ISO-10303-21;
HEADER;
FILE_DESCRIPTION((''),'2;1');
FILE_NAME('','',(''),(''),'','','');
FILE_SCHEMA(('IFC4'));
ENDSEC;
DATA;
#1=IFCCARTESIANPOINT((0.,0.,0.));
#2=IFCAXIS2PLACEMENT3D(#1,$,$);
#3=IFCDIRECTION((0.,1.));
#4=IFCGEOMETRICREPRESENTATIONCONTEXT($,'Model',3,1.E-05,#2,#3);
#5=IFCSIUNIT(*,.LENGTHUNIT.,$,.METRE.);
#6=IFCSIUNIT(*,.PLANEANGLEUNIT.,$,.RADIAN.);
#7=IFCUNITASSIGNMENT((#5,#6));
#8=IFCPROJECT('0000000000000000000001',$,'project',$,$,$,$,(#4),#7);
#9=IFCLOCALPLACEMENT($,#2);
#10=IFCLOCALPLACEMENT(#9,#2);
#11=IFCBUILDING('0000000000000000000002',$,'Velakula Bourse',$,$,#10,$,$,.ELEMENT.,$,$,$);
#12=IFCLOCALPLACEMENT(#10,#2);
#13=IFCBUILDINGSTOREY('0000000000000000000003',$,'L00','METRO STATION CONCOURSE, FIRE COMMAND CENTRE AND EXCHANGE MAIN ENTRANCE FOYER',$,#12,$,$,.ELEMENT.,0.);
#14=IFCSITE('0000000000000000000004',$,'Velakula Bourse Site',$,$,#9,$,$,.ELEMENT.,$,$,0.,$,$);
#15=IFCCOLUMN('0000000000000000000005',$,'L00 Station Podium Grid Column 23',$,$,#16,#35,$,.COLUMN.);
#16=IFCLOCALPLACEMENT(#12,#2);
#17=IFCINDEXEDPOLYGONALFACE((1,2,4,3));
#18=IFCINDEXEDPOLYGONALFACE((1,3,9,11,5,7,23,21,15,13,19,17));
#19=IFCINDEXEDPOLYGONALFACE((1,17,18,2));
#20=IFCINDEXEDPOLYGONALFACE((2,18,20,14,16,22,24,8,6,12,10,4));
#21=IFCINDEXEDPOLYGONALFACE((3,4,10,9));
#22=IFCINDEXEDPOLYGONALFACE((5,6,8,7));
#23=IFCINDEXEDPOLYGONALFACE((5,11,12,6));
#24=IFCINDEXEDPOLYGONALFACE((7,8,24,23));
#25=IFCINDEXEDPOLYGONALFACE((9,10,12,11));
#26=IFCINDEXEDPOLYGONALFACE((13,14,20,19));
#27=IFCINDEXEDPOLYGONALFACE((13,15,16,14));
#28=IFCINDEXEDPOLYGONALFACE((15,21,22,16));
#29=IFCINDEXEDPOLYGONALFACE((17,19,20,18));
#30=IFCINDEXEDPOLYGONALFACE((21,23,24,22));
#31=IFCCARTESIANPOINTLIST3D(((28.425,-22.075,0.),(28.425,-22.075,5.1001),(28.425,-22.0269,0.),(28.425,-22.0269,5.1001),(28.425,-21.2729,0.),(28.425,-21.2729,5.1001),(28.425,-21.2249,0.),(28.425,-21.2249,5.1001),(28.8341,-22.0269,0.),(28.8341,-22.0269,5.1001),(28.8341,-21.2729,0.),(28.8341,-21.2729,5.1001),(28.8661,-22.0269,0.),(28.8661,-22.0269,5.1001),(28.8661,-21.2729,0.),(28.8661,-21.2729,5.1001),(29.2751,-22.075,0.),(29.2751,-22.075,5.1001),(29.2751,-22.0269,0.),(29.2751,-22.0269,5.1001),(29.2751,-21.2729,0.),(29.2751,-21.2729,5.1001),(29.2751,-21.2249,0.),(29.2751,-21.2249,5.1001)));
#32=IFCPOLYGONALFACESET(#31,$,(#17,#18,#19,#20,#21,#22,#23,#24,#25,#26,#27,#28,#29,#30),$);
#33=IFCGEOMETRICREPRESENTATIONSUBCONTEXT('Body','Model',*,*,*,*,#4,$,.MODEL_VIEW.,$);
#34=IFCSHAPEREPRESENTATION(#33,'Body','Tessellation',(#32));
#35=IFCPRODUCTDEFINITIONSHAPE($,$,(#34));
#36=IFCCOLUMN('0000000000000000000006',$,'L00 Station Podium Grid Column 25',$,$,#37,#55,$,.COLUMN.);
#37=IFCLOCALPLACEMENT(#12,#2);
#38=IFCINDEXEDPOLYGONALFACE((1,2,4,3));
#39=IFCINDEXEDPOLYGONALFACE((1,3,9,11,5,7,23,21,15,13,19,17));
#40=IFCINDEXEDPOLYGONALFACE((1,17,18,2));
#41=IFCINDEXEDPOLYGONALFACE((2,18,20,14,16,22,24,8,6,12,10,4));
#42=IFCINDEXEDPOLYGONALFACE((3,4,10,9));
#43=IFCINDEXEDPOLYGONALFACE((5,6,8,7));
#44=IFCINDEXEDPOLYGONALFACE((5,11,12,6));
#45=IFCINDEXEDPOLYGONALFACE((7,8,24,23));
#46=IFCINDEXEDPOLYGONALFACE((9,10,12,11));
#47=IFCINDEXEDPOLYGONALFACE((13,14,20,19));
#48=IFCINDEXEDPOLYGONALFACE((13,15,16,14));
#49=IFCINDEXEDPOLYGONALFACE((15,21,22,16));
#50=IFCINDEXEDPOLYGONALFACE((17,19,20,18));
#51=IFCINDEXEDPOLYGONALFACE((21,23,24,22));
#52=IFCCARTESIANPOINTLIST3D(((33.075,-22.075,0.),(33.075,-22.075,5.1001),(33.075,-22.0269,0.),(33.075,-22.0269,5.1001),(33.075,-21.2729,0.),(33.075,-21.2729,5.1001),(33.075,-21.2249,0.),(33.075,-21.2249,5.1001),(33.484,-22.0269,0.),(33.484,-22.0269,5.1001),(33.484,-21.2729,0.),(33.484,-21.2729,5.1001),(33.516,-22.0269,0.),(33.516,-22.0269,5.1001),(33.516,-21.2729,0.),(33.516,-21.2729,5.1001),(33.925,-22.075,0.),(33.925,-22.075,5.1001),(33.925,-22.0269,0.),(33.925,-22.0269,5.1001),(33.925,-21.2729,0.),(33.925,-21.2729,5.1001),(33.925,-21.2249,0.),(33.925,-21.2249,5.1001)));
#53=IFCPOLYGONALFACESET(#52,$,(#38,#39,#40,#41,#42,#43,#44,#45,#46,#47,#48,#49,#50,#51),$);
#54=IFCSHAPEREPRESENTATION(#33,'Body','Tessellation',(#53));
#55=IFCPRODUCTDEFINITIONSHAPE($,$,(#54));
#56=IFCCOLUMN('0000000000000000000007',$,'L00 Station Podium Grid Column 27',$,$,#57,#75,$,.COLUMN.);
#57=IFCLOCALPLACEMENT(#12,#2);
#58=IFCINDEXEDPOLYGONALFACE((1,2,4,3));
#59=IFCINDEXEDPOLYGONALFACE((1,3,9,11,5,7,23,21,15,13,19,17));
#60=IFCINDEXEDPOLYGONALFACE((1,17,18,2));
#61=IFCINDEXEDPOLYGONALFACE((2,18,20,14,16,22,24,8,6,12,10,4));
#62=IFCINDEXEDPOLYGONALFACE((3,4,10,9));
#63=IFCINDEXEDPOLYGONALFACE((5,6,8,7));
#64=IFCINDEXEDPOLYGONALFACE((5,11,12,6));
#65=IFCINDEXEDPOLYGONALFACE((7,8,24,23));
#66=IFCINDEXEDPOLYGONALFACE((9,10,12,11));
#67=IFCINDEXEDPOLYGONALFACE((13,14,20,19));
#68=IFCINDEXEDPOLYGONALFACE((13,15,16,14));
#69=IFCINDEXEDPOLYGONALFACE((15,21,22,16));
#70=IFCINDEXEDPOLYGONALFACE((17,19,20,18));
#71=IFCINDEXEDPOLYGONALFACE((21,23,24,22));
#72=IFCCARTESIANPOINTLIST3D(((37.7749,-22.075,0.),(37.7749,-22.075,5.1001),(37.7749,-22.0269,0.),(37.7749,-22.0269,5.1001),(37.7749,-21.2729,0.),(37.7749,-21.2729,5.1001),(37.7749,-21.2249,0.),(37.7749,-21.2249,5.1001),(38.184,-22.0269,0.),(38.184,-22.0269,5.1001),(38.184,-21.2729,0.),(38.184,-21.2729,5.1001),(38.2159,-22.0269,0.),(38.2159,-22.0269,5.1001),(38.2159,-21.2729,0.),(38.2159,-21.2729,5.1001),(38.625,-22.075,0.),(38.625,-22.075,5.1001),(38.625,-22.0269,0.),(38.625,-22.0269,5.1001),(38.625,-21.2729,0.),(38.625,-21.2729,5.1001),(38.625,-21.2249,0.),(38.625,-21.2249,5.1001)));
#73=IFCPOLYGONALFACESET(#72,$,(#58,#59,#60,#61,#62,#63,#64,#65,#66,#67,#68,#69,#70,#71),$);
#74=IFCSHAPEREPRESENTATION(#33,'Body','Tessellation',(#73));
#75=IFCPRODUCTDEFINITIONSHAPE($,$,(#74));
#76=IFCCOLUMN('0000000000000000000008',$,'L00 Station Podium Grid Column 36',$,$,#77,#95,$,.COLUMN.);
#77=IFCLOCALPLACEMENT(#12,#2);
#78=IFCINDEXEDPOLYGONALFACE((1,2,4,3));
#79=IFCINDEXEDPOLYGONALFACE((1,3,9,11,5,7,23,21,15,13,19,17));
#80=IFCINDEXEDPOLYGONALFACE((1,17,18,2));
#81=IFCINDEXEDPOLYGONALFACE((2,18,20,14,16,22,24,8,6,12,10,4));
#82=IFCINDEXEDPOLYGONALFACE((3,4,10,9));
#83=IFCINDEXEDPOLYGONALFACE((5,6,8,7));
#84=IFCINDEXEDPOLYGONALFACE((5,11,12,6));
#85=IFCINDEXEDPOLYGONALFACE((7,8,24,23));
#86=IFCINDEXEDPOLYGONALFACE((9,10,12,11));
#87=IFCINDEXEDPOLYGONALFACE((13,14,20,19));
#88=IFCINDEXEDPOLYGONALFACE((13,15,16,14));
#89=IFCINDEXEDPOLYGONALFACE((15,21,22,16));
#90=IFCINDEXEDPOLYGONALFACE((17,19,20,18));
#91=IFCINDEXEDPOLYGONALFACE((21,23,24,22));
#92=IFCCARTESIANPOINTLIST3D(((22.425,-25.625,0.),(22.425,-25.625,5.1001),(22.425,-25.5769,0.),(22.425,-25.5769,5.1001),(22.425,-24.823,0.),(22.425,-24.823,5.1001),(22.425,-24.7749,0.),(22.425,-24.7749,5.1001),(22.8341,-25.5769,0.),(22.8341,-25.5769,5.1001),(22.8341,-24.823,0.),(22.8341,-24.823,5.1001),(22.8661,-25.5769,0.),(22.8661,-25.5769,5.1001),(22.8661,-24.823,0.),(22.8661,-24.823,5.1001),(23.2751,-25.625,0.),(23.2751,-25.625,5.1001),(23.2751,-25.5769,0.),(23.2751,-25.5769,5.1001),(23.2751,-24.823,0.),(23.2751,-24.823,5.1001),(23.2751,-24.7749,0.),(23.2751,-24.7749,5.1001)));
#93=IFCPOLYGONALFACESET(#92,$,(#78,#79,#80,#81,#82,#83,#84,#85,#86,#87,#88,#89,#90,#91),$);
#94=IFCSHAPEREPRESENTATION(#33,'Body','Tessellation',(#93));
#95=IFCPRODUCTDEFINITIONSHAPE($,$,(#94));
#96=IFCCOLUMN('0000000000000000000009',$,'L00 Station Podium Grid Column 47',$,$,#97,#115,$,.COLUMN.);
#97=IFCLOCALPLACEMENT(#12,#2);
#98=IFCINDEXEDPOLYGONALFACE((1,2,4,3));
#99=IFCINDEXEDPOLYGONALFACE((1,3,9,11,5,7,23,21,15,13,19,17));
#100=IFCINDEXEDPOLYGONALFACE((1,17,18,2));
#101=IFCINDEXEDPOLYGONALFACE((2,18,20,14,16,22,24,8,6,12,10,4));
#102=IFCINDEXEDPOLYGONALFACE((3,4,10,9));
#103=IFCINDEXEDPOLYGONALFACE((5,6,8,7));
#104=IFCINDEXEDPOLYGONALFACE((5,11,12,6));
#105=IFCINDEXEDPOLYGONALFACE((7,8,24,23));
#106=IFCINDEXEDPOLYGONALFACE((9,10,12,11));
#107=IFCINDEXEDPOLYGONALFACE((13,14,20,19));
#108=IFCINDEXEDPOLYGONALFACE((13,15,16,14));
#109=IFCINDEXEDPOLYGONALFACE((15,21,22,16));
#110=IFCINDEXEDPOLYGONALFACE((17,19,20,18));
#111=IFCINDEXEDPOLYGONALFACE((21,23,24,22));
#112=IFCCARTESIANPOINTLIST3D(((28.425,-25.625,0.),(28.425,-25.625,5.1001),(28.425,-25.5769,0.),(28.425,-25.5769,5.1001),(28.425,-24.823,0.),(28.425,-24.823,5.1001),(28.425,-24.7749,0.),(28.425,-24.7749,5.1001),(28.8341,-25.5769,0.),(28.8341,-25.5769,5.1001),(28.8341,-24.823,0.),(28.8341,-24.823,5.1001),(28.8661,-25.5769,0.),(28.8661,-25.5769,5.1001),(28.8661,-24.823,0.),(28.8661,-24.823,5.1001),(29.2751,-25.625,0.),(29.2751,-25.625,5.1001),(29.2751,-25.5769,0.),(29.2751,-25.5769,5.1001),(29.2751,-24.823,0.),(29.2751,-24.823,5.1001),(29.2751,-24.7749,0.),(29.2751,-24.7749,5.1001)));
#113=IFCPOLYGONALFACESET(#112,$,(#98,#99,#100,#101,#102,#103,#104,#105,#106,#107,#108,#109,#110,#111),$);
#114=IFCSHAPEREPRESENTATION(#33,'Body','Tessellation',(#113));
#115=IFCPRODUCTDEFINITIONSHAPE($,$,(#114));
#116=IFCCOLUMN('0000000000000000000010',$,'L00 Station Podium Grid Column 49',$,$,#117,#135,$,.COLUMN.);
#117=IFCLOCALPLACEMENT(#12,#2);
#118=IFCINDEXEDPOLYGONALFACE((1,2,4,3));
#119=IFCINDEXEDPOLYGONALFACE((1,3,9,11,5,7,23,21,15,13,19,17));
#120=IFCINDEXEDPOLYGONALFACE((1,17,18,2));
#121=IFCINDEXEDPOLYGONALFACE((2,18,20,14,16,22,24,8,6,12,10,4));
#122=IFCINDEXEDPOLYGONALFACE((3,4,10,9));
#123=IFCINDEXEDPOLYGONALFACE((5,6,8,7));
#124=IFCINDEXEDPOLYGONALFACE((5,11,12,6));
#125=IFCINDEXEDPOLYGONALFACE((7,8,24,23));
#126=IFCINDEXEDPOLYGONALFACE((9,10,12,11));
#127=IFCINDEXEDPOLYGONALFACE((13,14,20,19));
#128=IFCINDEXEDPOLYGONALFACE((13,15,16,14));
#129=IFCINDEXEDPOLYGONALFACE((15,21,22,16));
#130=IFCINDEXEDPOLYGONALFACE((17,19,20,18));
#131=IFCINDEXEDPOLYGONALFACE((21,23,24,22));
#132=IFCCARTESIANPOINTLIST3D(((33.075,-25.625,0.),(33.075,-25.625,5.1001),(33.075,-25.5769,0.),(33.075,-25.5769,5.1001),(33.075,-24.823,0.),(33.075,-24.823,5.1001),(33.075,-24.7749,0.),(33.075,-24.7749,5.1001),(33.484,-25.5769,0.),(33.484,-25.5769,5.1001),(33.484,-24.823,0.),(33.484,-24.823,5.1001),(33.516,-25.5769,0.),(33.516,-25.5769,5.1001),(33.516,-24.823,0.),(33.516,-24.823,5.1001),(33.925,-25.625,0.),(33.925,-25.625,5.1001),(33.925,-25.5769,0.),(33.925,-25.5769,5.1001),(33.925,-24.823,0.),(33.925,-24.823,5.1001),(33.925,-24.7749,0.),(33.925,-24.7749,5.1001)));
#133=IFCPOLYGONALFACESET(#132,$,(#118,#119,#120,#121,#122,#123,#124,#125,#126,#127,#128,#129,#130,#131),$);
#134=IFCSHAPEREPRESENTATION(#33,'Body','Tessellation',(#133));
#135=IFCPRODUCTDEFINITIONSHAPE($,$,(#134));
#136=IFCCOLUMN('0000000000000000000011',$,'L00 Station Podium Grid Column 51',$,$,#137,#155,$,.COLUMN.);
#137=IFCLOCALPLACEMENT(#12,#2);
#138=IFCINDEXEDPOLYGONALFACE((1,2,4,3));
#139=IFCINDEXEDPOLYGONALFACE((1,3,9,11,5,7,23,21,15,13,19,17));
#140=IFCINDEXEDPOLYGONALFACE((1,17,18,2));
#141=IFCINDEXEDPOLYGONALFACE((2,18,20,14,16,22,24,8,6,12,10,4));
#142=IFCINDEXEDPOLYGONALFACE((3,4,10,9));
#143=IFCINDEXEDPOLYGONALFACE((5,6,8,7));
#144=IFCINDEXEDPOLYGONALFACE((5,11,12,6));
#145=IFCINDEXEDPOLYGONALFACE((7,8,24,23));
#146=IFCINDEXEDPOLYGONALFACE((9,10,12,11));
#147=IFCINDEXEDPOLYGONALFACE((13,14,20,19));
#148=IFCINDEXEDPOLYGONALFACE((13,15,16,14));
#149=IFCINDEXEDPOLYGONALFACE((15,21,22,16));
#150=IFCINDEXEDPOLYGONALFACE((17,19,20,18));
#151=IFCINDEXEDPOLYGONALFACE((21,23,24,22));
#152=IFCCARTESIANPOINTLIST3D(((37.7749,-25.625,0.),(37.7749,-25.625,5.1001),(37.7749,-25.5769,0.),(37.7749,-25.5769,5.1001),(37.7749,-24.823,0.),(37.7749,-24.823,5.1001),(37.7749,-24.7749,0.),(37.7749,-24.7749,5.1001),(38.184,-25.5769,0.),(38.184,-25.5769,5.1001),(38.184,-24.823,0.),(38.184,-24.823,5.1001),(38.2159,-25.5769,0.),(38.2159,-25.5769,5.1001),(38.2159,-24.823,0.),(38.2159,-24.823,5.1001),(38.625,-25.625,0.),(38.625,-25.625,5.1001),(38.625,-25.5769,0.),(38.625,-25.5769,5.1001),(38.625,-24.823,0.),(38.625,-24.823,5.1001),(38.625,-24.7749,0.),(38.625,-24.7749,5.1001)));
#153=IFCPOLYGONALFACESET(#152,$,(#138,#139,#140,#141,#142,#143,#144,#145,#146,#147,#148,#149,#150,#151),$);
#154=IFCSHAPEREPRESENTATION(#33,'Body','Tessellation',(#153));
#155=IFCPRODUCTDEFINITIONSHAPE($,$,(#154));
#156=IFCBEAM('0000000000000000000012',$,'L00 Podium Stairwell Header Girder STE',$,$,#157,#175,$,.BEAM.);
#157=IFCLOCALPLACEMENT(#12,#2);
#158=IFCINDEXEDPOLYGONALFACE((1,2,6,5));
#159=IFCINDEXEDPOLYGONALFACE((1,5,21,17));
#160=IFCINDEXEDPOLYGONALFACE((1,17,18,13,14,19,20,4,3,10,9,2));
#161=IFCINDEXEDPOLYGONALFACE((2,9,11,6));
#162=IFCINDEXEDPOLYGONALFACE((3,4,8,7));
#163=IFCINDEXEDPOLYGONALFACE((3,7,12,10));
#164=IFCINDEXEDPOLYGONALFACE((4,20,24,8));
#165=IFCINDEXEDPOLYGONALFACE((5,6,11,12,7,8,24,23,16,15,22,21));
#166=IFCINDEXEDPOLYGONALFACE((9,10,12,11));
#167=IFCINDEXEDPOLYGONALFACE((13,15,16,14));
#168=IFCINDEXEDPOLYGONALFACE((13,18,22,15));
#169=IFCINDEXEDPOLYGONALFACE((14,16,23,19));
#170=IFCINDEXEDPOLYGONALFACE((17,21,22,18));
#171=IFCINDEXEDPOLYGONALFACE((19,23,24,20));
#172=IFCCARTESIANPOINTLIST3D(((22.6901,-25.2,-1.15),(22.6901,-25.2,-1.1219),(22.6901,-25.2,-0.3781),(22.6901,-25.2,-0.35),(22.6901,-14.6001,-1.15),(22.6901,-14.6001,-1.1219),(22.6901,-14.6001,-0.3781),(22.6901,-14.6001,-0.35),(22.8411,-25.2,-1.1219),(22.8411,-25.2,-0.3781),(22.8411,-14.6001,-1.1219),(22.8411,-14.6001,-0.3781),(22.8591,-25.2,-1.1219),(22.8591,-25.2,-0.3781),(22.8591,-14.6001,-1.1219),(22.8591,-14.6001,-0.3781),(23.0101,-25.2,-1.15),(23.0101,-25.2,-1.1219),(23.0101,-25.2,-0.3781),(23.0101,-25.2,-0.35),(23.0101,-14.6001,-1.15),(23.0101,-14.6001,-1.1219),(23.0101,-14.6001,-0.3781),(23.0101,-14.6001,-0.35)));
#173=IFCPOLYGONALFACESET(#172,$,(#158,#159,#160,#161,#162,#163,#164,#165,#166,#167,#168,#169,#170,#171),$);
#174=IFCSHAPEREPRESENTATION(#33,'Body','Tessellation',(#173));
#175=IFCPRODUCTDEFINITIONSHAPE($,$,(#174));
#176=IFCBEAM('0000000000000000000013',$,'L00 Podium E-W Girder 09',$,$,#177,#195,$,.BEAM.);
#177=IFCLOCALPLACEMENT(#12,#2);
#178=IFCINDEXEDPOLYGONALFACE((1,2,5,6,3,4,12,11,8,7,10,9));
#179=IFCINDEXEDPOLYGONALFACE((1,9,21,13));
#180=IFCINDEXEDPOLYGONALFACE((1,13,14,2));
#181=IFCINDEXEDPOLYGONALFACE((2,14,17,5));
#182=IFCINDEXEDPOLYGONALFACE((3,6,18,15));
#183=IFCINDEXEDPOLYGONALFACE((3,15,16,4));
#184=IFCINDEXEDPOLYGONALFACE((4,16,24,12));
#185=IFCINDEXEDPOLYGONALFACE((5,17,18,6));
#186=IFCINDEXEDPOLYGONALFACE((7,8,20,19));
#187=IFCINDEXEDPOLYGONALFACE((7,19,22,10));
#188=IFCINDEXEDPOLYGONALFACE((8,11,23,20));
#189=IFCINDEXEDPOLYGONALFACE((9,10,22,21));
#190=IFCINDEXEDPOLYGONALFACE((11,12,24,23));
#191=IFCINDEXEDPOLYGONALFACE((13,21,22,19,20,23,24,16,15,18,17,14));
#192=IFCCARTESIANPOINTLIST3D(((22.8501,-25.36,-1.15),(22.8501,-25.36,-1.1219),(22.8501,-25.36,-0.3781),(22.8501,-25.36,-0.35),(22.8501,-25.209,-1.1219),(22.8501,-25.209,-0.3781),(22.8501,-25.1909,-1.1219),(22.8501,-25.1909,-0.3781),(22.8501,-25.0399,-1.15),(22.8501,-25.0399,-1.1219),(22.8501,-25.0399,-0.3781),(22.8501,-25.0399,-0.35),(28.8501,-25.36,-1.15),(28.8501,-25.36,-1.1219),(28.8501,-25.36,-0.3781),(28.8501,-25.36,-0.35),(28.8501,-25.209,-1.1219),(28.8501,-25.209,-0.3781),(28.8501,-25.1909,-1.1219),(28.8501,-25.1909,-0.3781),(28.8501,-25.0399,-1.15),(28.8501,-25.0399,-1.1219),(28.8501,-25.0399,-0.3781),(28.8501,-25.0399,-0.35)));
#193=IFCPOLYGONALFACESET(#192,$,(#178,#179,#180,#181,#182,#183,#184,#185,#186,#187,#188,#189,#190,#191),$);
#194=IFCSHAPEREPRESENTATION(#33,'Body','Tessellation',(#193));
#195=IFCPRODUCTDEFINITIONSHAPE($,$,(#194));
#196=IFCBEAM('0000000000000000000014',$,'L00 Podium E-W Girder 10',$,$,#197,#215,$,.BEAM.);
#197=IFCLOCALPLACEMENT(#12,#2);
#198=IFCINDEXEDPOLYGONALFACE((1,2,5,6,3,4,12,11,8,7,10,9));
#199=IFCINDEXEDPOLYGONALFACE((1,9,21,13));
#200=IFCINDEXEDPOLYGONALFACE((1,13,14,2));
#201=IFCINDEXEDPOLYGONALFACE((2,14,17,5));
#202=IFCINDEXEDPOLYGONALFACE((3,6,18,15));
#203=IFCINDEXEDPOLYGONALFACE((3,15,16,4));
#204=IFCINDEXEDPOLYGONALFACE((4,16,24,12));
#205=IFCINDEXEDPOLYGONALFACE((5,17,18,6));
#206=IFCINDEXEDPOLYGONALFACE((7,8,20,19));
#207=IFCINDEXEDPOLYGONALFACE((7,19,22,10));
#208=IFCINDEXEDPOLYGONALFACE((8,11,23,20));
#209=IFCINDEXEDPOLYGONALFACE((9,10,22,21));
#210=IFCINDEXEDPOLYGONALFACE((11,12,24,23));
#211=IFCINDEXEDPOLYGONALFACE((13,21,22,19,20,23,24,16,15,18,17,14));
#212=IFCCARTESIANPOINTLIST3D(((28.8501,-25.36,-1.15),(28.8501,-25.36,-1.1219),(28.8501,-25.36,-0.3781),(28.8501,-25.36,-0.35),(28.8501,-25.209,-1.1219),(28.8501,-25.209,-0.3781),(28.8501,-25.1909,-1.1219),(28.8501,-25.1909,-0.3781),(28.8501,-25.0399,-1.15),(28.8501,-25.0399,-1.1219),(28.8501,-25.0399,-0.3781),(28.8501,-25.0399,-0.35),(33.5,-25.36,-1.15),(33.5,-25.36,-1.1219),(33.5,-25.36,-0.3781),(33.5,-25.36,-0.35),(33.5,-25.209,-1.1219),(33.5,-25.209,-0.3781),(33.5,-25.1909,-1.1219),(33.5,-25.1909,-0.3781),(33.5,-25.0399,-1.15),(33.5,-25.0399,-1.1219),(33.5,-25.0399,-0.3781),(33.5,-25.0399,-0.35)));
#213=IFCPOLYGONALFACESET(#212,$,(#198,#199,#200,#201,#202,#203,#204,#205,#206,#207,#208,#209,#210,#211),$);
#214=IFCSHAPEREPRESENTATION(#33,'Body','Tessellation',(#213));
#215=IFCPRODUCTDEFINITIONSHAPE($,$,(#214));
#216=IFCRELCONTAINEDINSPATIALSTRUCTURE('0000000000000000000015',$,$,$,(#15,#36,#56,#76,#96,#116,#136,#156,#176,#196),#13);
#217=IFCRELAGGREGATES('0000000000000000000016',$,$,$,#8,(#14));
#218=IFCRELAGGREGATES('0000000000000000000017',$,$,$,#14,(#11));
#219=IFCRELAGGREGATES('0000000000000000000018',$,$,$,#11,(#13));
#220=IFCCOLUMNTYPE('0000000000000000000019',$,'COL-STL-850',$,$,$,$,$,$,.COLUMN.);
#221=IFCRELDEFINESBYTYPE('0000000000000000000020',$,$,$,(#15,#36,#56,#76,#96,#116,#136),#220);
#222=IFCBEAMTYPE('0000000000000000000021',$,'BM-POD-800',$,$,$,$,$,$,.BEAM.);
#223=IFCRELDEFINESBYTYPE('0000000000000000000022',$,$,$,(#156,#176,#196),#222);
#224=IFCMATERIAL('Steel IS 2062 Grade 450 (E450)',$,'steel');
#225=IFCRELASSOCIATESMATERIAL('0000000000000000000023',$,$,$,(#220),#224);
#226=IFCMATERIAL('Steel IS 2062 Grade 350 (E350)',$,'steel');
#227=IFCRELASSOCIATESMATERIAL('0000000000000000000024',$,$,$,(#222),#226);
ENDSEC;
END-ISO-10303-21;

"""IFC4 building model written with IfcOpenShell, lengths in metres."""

from ifc_helpers import new_model, si_unit, direction, frame, origin, origin_2d, place, context, subcontext, project, spatial, i_section, extrude, material, material_profile, profile_set, type_object, element, save


model = new_model("IFC4")

# Units and contexts
model_context = context("Model", 3, precision=1e-05, world=origin(), true_north=direction((0.0, 1.0)))
body_context = subcontext(model_context, "Body", "Model", "MODEL_VIEW")
ifc_project = project(units=[si_unit("LENGTHUNIT", "METRE"), si_unit("PLANEANGLEUNIT", "RADIAN")], contexts=[model_context])

# Site, building, storey
site_placement = place(None, origin())
site = spatial("IfcSite", under=ifc_project, at=site_placement, Name="Velakula Bourse Site", CompositionType="ELEMENT", RefElevation=0.0)
building_placement = place(site_placement, origin())
building = spatial("IfcBuilding", under=site, at=building_placement, Name="Velakula Bourse", CompositionType="ELEMENT")
storey_placement = place(building_placement, origin())
storey = spatial("IfcBuildingStorey", under=building, at=storey_placement, Name="L00", Description="METRO STATION CONCOURSE, FIRE COMMAND CENTRE AND EXCHANGE MAIN ENTRANCE FOYER", CompositionType="ELEMENT", Elevation=0.0)

# Columns
ifc_material_1 = material(Name="Steel IS 2062 Grade 450 (E450)", Category="steel")
ifc_material_profile_1 = material_profile(ifc_material_1, i_section(OverallWidth=0.8501, OverallDepth=0.8501, WebThickness=0.032, FlangeThickness=0.0481, at=origin_2d()), Name="Steel IS 2062 Grade 450 (E450)")
ifc_profile_set_1 = profile_set([ifc_material_profile_1], Name="Steel IS 2062 Grade 450 (E450)")
column_type = type_object("IfcColumnType", Name="COL-STL-850", PredefinedType="COLUMN", material=ifc_profile_set_1)
for number, where, z_axis, x_axis, name in (
    (1, (28.8501, -21.6499, 0.0), (0.0, 0.0, 1.0), (1.0, 0.0, 0.0), "L00 Station Podium Grid Column 23"),
    (2, (33.5, -21.6499, 0.0), (0.0, 0.0, 1.0), (1.0, 0.0, 0.0), "L00 Station Podium Grid Column 25"),
    (3, (38.2, -21.6499, 0.0), (0.0, 0.0, 1.0), (1.0, 0.0, 0.0), "L00 Station Podium Grid Column 27"),
    (4, (22.8501, -25.2, 0.0), (0.0, 0.0, 1.0), (1.0, 0.0, 0.0), "L00 Station Podium Grid Column 36"),
    (5, (28.8501, -25.2, 0.0), (0.0, 0.0, 1.0), (1.0, 0.0, 0.0), "L00 Station Podium Grid Column 47"),
    (6, (33.5, -25.2, 0.0), (0.0, 0.0, 1.0), (1.0, 0.0, 0.0), "L00 Station Podium Grid Column 49"),
    (7, (38.2, -25.2, 0.0), (0.0, 0.0, 1.0), (1.0, 0.0, 0.0), "L00 Station Podium Grid Column 51"),
):
    element("IfcColumn", number, at=place(storey_placement, frame(where, z_axis=z_axis, x_axis=x_axis)), inside=storey, type_object=column_type, Name=name, PredefinedType="COLUMN", context=body_context, shape_type="SweptSolid", body=[
        extrude(i_section(OverallWidth=0.8501, OverallDepth=0.8501, WebThickness=0.032, FlangeThickness=0.0481, at=origin_2d()), origin(), (0.0, 0.0, 1.0), 5.1001),
    ])

# Beams
ifc_material_2 = material(Name="Steel IS 2062 Grade 350 (E350)", Category="steel")
ifc_material_profile_2 = material_profile(ifc_material_2, i_section(OverallWidth=0.3201, OverallDepth=0.8, WebThickness=0.0181, FlangeThickness=0.0281, at=origin_2d()), Name="Steel IS 2062 Grade 350 (E350)")
ifc_profile_set_2 = profile_set([ifc_material_profile_2], Name="Steel IS 2062 Grade 350 (E350)")
beam_type_1 = type_object("IfcBeamType", Name="BM-POD-800", PredefinedType="BEAM", material=ifc_profile_set_2)
beam_1_placement = place(storey_placement, frame((22.8501, -25.2, -0.75), z_axis=(0.0, 1.0, 0.0), x_axis=(-1.0, 0.0, 0.0)))
element("IfcBeam", 8, at=beam_1_placement, inside=storey, type_object=beam_type_1, Name="L00 Podium Stairwell Header Girder STE", PredefinedType="BEAM", context=body_context, shape_type="SweptSolid", body=[
    extrude(i_section(OverallWidth=0.3201, OverallDepth=0.8, WebThickness=0.0181, FlangeThickness=0.0281, at=origin_2d()), origin(), (0.0, 0.0, 1.0), 10.5999),
])
beam_2_placement = place(storey_placement, frame((22.8501, -25.2, -0.75), z_axis=(1.0, 0.0, 0.0), x_axis=(0.0, 1.0, 0.0)))
element("IfcBeam", 9, at=beam_2_placement, inside=storey, type_object=beam_type_1, Name="L00 Podium E-W Girder 09", PredefinedType="BEAM", context=body_context, shape_type="SweptSolid", body=[
    extrude(i_section(OverallWidth=0.3201, OverallDepth=0.8, WebThickness=0.0181, FlangeThickness=0.0281, at=origin_2d()), origin(), (0.0, 0.0, 1.0), 6.0),
])
beam_3_placement = place(storey_placement, frame((28.8501, -25.2, -0.75), z_axis=(1.0, 0.0, 0.0), x_axis=(0.0, 1.0, 0.0)))
element("IfcBeam", 10, at=beam_3_placement, inside=storey, type_object=beam_type_1, Name="L00 Podium E-W Girder 10", PredefinedType="BEAM", context=body_context, shape_type="SweptSolid", body=[
    extrude(i_section(OverallWidth=0.3201, OverallDepth=0.8, WebThickness=0.0181, FlangeThickness=0.0281, at=origin_2d()), origin(), (0.0, 0.0, 1.0), 4.6499),
])

save(model, "model.ifc")
